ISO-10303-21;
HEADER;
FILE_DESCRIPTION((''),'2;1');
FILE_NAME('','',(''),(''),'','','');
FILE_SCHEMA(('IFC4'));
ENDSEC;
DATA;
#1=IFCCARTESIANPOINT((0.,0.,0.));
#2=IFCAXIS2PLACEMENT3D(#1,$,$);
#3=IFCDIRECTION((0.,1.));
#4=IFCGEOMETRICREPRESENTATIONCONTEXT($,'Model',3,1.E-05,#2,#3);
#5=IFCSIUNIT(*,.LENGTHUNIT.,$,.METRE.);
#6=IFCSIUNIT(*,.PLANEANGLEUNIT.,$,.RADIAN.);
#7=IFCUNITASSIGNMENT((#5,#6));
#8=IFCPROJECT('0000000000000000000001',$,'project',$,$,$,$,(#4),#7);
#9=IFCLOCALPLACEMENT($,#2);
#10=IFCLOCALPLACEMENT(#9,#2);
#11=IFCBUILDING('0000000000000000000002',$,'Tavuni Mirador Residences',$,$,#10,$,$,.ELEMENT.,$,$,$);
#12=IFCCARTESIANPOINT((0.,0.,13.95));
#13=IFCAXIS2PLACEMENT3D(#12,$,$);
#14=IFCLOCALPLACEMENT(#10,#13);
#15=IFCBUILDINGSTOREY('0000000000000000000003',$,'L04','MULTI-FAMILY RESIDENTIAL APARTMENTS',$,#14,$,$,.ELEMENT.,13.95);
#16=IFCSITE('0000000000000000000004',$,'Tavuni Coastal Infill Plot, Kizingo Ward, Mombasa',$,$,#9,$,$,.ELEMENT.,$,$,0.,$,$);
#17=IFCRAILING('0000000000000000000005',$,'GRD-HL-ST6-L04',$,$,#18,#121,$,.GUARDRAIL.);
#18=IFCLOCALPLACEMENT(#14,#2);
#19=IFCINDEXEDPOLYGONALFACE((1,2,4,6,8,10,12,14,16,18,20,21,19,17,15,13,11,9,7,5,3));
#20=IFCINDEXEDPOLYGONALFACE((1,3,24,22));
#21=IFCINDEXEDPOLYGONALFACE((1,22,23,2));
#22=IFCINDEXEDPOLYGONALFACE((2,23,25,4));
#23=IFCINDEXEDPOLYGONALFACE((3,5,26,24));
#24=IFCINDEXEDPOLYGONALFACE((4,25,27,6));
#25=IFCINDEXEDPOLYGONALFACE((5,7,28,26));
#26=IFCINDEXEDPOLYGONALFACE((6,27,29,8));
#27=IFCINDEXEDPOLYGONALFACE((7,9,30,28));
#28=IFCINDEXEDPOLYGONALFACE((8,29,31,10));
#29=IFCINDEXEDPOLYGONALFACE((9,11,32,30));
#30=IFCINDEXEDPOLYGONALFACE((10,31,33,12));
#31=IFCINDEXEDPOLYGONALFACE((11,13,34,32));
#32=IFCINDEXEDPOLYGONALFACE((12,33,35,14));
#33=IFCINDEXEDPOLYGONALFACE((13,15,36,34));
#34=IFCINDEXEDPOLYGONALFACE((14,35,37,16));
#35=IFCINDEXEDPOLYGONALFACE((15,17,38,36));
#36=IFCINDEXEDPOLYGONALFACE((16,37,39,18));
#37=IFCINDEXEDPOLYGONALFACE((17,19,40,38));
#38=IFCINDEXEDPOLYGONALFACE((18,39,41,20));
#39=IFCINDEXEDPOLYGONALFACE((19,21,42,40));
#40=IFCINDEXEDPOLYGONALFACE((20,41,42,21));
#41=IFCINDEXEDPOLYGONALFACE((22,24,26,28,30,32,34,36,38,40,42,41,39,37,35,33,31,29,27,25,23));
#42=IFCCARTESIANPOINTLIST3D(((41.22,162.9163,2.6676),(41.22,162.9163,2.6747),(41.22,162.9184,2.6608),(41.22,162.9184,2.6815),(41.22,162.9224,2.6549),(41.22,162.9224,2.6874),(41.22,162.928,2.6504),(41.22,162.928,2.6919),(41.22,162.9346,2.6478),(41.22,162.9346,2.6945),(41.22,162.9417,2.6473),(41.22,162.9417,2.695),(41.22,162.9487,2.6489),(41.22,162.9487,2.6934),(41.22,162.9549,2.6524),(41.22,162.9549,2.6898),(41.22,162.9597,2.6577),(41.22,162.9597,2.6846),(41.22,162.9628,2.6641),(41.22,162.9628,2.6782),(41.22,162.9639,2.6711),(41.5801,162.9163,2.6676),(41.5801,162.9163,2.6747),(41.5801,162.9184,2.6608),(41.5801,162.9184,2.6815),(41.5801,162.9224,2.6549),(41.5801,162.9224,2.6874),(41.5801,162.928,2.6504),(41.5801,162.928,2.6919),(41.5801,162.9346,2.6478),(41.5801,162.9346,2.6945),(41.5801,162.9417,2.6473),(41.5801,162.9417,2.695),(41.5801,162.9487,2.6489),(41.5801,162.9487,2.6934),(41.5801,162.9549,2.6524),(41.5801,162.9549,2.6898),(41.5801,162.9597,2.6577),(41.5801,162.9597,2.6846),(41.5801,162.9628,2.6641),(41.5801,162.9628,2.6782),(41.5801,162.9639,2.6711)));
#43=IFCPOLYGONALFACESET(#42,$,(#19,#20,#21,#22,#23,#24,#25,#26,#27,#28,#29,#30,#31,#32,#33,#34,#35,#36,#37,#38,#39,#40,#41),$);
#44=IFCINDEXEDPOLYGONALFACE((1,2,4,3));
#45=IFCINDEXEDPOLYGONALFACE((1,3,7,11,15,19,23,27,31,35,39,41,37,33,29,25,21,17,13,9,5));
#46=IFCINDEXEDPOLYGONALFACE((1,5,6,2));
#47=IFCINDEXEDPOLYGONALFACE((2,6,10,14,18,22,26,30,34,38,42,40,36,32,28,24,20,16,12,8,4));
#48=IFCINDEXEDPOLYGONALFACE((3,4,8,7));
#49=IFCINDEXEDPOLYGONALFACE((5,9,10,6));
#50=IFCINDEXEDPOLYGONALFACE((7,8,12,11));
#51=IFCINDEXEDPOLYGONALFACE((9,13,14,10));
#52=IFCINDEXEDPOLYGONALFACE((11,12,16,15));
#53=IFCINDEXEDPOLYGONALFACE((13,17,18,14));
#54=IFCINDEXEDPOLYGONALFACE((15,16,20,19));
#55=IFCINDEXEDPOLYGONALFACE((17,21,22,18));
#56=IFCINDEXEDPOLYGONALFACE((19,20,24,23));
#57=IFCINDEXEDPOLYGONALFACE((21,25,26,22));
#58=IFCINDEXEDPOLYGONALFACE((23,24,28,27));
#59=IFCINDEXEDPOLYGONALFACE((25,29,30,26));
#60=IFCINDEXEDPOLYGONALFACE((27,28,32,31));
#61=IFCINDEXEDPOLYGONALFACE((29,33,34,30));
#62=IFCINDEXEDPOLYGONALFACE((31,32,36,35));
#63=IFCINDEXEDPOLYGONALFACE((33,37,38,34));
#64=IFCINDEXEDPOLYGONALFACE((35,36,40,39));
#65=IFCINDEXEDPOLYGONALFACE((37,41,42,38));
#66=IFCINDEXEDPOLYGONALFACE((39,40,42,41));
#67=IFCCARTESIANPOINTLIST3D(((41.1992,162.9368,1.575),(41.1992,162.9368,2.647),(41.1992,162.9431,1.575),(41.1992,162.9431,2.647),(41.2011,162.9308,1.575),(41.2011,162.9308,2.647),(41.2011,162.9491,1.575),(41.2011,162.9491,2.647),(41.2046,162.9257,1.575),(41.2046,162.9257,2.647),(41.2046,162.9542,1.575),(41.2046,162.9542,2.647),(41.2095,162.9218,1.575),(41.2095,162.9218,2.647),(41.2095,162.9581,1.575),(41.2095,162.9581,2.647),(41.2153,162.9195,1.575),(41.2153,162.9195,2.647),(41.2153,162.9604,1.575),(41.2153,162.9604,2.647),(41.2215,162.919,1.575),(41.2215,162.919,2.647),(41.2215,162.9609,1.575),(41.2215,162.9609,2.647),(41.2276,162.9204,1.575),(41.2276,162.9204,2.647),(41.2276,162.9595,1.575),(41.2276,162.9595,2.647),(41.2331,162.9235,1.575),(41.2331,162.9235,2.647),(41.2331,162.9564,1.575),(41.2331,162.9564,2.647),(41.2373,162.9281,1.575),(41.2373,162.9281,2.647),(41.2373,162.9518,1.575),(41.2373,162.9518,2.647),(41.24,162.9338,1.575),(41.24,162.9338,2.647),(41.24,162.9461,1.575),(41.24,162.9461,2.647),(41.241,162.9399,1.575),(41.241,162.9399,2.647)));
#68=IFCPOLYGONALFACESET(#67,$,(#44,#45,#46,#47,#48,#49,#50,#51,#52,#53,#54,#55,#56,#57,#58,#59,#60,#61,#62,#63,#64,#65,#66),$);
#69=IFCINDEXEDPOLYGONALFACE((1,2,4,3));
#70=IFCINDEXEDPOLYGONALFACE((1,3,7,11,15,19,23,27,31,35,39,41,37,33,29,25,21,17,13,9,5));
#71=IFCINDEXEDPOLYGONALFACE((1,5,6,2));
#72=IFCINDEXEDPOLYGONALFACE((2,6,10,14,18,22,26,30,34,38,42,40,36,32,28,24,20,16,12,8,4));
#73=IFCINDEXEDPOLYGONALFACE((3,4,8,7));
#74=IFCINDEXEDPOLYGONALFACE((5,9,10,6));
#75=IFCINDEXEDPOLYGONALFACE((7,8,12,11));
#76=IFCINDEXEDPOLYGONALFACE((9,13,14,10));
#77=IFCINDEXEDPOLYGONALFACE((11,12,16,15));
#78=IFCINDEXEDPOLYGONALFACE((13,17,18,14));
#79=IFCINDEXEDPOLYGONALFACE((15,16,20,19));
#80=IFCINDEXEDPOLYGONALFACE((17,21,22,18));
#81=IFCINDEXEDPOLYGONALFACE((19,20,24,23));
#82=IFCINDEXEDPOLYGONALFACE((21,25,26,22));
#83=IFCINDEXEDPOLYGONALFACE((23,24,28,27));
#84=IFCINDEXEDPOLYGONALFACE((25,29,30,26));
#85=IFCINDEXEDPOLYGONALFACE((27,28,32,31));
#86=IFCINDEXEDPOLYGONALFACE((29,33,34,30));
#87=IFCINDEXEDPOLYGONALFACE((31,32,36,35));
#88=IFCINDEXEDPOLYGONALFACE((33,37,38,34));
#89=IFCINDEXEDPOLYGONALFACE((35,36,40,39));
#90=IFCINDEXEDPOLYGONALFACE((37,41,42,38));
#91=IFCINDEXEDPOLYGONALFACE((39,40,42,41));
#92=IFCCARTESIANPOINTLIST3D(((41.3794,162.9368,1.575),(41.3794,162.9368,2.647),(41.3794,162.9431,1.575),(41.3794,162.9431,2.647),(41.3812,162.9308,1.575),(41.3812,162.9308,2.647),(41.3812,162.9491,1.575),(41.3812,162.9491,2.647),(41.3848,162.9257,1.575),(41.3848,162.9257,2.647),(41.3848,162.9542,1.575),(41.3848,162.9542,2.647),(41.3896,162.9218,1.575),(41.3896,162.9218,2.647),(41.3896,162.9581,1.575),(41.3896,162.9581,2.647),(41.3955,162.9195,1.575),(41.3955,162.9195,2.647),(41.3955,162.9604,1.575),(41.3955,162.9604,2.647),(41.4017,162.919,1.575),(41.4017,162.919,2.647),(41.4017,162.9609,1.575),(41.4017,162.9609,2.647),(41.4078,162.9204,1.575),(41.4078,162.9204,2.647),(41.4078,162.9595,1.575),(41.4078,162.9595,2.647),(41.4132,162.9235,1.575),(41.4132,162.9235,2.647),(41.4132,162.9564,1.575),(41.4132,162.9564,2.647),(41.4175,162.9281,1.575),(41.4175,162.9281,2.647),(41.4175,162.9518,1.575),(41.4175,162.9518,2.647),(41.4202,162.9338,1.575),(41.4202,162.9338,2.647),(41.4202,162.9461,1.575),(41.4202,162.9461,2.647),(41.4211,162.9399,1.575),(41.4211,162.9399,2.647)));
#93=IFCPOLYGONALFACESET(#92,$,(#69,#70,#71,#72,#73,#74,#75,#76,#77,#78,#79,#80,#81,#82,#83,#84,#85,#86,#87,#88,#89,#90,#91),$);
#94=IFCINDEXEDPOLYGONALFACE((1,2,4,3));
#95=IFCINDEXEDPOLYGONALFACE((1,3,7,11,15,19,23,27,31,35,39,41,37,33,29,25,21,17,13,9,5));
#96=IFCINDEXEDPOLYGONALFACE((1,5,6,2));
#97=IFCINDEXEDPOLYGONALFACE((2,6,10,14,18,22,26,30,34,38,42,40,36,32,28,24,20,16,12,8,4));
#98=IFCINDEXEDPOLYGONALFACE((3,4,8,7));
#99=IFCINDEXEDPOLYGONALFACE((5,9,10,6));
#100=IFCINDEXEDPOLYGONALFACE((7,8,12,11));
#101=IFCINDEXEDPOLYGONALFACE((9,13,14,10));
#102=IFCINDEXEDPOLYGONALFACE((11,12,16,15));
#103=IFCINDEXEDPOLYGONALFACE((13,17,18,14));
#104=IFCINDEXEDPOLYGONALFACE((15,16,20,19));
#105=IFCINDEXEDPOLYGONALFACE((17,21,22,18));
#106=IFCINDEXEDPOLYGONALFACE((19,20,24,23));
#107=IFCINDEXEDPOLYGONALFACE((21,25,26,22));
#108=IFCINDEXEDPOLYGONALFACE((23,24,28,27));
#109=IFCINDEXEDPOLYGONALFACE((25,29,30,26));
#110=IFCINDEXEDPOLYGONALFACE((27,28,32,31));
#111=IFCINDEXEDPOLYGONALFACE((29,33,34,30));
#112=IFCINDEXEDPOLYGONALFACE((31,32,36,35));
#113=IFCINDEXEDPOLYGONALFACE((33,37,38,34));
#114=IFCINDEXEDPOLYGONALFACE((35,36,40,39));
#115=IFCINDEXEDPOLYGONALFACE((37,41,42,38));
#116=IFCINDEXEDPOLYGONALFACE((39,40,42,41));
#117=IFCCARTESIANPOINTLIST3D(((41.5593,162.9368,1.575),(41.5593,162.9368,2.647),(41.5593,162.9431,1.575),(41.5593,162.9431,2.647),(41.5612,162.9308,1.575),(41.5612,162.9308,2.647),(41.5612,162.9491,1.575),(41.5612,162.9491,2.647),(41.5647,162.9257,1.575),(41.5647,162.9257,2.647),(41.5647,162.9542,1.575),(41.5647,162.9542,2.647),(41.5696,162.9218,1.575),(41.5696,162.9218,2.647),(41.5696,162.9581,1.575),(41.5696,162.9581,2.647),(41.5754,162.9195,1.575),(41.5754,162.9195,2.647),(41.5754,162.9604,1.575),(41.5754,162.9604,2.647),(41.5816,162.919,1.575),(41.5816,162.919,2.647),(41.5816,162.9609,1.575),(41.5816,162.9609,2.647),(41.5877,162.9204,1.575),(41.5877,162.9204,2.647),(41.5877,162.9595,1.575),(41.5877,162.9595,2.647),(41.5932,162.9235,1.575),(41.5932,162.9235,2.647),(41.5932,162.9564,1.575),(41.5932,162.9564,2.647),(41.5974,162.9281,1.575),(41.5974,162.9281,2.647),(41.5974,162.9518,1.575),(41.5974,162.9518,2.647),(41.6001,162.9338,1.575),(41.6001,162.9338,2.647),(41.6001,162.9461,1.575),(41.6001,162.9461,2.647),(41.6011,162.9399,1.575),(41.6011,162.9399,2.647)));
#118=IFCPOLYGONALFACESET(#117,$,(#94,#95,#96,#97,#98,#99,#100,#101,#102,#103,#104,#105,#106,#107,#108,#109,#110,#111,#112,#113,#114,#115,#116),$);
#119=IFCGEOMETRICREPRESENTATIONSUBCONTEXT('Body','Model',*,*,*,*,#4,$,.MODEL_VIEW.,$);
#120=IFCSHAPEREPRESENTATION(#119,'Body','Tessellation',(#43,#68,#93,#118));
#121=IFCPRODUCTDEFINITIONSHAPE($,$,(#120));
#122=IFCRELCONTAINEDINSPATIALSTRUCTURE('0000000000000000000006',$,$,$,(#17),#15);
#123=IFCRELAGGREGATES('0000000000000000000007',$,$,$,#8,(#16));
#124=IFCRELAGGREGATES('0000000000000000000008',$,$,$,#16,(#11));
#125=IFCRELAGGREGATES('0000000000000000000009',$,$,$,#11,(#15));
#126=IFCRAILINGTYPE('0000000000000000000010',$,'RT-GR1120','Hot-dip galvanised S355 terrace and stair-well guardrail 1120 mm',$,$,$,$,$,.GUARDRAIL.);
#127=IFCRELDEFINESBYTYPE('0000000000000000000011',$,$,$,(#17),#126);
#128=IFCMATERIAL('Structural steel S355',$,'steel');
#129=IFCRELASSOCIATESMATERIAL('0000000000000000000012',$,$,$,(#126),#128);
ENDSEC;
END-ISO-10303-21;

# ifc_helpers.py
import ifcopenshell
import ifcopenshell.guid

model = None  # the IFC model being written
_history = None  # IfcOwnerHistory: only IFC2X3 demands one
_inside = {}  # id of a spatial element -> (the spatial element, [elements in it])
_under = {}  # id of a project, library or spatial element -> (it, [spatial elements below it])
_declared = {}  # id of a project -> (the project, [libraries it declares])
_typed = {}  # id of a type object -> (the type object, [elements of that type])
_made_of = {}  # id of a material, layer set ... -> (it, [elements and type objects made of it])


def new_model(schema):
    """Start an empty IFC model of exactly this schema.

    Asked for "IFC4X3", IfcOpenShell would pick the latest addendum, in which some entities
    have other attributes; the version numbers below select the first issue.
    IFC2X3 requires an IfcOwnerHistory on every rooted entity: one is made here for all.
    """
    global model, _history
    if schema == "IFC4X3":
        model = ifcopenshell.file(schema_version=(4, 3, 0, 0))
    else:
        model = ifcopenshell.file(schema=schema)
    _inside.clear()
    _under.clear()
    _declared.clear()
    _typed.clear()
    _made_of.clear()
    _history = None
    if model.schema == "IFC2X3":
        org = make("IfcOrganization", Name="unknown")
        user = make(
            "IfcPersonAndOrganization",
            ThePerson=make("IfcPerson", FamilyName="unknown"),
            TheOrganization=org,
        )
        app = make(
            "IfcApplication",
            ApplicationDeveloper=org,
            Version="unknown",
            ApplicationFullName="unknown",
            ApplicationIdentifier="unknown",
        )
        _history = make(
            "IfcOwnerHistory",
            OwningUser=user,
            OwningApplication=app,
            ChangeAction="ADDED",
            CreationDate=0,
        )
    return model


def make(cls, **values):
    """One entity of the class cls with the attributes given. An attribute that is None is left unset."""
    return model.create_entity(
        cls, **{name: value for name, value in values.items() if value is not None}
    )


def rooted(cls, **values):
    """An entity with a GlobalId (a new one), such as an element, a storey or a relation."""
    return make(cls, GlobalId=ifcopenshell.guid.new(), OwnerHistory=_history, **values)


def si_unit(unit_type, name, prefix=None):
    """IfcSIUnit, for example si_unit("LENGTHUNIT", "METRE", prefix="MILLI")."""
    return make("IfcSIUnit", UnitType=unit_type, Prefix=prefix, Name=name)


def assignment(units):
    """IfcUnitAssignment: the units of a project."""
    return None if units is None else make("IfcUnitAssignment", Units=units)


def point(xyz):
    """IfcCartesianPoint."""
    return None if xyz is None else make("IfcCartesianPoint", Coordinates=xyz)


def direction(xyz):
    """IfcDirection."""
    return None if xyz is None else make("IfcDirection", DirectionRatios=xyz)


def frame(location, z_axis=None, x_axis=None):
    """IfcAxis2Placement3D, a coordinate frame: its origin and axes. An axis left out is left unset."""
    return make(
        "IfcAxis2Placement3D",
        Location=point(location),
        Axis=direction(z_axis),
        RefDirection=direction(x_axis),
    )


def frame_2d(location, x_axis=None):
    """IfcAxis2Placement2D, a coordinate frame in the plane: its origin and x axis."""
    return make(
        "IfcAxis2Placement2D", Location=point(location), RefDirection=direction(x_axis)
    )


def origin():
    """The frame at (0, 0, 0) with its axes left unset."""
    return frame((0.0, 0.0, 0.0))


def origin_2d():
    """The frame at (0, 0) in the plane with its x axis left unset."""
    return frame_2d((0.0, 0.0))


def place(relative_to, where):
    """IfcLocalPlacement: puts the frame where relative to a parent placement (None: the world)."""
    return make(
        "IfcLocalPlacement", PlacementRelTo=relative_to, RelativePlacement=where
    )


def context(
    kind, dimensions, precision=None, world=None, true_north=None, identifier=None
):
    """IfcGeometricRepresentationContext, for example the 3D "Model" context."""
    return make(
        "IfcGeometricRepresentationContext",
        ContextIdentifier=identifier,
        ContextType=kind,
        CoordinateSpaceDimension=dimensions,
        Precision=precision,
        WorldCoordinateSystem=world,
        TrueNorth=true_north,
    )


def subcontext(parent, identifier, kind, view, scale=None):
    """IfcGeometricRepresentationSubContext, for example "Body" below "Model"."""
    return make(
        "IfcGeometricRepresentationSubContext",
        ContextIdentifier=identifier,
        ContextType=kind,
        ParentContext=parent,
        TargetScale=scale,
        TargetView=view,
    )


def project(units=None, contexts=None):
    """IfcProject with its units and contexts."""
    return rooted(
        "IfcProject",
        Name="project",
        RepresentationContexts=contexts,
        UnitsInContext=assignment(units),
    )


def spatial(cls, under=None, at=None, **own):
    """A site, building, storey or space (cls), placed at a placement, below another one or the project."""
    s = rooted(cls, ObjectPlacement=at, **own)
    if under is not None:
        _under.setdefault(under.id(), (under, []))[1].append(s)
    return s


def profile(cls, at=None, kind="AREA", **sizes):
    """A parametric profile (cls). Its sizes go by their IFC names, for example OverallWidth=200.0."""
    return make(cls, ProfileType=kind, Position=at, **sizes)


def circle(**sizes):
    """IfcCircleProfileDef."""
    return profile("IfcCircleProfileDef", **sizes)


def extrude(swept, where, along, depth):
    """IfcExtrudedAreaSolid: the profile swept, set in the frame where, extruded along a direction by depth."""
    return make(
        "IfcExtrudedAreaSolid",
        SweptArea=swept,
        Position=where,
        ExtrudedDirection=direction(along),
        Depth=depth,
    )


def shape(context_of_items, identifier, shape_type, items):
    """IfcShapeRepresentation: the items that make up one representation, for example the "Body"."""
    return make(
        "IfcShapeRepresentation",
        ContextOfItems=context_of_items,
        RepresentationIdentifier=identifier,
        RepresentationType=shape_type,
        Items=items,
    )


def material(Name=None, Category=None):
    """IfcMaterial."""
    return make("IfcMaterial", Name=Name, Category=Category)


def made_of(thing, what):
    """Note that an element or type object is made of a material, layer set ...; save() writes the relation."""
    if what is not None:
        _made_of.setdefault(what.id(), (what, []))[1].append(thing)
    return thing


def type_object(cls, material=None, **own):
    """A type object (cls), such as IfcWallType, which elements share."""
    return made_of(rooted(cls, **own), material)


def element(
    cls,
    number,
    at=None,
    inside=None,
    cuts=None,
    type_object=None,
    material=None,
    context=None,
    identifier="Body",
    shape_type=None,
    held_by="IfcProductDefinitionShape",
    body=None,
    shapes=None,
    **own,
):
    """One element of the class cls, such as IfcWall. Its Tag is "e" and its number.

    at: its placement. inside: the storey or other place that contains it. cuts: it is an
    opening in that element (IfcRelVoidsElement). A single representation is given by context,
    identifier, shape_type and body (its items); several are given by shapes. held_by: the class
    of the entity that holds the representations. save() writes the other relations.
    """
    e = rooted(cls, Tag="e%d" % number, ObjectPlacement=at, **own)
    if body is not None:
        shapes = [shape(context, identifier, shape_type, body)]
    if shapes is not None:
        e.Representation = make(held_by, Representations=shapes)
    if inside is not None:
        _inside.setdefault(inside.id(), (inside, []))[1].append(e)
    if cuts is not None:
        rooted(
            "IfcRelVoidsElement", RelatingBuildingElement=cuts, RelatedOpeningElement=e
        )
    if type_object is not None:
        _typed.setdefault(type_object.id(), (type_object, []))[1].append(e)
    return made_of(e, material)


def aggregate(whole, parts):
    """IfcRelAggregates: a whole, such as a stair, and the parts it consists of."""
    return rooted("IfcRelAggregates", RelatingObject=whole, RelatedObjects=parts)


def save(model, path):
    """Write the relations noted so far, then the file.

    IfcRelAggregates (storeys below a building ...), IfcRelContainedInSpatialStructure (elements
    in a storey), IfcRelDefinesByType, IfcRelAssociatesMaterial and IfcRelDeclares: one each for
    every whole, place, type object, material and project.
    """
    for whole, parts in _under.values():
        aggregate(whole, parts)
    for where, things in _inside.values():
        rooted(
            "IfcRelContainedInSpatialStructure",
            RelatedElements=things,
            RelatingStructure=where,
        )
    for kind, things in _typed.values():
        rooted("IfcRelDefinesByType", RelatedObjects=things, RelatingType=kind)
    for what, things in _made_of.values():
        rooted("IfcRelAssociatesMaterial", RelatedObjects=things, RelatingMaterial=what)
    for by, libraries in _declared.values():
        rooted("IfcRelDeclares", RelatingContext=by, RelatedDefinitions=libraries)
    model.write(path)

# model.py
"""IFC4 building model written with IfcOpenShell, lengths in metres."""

from ifc_helpers import new_model, si_unit, direction, frame, origin, origin_2d, place, context, subcontext, project, spatial, circle, extrude, material, type_object, element, save


model = new_model("IFC4")

# Units and contexts
model_context = context("Model", 3, precision=1e-05, world=origin(), true_north=direction((0.0, 1.0)))
body_context = subcontext(model_context, "Body", "Model", "MODEL_VIEW")
ifc_project = project(units=[si_unit("LENGTHUNIT", "METRE"), si_unit("PLANEANGLEUNIT", "RADIAN")], contexts=[model_context])

# Site, building, storey
site_placement = place(None, origin())
site = spatial("IfcSite", under=ifc_project, at=site_placement, Name="Tavuni Coastal Infill Plot, Kizingo Ward, Mombasa", CompositionType="ELEMENT", RefElevation=0.0)
building_placement = place(site_placement, origin())
building = spatial("IfcBuilding", under=site, at=building_placement, Name="Tavuni Mirador Residences", CompositionType="ELEMENT")
storey_placement = place(building_placement, frame((0.0, 0.0, 13.95)))
storey = spatial("IfcBuildingStorey", under=building, at=storey_placement, Name="L04", Description="MULTI-FAMILY RESIDENTIAL APARTMENTS", CompositionType="ELEMENT", Elevation=13.95)

# Shared definitions
ifc_material_1 = material(Name="Structural steel S355", Category="steel")

# Railing
railing_type_1 = type_object("IfcRailingType", Name="RT-GR1120", Description="Hot-dip galvanised S355 terrace and stair-well guardrail 1120 mm", PredefinedType="GUARDRAIL", material=ifc_material_1)
railing_1_placement = place(storey_placement, frame((41.22, 162.9399, 1.575)))
element("IfcRailing", 1, at=railing_1_placement, inside=storey, type_object=railing_type_1, Name="GRD-HL-ST6-L04", PredefinedType="GUARDRAIL", context=body_context, shape_type="SweptSolid", body=[
    extrude(circle(Radius=0.0239, at=origin_2d()), frame((0.0, 0.0, 1.0962), z_axis=(1.0, 0.0, 0.0), x_axis=(0.0, 1.0, 0.0)), (0.0, 0.0, 1.0), 0.3601),
    extrude(circle(Radius=0.021, at=origin_2d()), origin(), (0.0, 0.0, 1.0), 1.072),
    extrude(circle(Radius=0.021, at=origin_2d()), frame((0.1802, 0.0, 0.0)), (0.0, 0.0, 1.0), 1.072),
    extrude(circle(Radius=0.021, at=origin_2d()), frame((0.3601, 0.0, 0.0)), (0.0, 0.0, 1.0), 1.072),
])

save(model, "model.ifc")
